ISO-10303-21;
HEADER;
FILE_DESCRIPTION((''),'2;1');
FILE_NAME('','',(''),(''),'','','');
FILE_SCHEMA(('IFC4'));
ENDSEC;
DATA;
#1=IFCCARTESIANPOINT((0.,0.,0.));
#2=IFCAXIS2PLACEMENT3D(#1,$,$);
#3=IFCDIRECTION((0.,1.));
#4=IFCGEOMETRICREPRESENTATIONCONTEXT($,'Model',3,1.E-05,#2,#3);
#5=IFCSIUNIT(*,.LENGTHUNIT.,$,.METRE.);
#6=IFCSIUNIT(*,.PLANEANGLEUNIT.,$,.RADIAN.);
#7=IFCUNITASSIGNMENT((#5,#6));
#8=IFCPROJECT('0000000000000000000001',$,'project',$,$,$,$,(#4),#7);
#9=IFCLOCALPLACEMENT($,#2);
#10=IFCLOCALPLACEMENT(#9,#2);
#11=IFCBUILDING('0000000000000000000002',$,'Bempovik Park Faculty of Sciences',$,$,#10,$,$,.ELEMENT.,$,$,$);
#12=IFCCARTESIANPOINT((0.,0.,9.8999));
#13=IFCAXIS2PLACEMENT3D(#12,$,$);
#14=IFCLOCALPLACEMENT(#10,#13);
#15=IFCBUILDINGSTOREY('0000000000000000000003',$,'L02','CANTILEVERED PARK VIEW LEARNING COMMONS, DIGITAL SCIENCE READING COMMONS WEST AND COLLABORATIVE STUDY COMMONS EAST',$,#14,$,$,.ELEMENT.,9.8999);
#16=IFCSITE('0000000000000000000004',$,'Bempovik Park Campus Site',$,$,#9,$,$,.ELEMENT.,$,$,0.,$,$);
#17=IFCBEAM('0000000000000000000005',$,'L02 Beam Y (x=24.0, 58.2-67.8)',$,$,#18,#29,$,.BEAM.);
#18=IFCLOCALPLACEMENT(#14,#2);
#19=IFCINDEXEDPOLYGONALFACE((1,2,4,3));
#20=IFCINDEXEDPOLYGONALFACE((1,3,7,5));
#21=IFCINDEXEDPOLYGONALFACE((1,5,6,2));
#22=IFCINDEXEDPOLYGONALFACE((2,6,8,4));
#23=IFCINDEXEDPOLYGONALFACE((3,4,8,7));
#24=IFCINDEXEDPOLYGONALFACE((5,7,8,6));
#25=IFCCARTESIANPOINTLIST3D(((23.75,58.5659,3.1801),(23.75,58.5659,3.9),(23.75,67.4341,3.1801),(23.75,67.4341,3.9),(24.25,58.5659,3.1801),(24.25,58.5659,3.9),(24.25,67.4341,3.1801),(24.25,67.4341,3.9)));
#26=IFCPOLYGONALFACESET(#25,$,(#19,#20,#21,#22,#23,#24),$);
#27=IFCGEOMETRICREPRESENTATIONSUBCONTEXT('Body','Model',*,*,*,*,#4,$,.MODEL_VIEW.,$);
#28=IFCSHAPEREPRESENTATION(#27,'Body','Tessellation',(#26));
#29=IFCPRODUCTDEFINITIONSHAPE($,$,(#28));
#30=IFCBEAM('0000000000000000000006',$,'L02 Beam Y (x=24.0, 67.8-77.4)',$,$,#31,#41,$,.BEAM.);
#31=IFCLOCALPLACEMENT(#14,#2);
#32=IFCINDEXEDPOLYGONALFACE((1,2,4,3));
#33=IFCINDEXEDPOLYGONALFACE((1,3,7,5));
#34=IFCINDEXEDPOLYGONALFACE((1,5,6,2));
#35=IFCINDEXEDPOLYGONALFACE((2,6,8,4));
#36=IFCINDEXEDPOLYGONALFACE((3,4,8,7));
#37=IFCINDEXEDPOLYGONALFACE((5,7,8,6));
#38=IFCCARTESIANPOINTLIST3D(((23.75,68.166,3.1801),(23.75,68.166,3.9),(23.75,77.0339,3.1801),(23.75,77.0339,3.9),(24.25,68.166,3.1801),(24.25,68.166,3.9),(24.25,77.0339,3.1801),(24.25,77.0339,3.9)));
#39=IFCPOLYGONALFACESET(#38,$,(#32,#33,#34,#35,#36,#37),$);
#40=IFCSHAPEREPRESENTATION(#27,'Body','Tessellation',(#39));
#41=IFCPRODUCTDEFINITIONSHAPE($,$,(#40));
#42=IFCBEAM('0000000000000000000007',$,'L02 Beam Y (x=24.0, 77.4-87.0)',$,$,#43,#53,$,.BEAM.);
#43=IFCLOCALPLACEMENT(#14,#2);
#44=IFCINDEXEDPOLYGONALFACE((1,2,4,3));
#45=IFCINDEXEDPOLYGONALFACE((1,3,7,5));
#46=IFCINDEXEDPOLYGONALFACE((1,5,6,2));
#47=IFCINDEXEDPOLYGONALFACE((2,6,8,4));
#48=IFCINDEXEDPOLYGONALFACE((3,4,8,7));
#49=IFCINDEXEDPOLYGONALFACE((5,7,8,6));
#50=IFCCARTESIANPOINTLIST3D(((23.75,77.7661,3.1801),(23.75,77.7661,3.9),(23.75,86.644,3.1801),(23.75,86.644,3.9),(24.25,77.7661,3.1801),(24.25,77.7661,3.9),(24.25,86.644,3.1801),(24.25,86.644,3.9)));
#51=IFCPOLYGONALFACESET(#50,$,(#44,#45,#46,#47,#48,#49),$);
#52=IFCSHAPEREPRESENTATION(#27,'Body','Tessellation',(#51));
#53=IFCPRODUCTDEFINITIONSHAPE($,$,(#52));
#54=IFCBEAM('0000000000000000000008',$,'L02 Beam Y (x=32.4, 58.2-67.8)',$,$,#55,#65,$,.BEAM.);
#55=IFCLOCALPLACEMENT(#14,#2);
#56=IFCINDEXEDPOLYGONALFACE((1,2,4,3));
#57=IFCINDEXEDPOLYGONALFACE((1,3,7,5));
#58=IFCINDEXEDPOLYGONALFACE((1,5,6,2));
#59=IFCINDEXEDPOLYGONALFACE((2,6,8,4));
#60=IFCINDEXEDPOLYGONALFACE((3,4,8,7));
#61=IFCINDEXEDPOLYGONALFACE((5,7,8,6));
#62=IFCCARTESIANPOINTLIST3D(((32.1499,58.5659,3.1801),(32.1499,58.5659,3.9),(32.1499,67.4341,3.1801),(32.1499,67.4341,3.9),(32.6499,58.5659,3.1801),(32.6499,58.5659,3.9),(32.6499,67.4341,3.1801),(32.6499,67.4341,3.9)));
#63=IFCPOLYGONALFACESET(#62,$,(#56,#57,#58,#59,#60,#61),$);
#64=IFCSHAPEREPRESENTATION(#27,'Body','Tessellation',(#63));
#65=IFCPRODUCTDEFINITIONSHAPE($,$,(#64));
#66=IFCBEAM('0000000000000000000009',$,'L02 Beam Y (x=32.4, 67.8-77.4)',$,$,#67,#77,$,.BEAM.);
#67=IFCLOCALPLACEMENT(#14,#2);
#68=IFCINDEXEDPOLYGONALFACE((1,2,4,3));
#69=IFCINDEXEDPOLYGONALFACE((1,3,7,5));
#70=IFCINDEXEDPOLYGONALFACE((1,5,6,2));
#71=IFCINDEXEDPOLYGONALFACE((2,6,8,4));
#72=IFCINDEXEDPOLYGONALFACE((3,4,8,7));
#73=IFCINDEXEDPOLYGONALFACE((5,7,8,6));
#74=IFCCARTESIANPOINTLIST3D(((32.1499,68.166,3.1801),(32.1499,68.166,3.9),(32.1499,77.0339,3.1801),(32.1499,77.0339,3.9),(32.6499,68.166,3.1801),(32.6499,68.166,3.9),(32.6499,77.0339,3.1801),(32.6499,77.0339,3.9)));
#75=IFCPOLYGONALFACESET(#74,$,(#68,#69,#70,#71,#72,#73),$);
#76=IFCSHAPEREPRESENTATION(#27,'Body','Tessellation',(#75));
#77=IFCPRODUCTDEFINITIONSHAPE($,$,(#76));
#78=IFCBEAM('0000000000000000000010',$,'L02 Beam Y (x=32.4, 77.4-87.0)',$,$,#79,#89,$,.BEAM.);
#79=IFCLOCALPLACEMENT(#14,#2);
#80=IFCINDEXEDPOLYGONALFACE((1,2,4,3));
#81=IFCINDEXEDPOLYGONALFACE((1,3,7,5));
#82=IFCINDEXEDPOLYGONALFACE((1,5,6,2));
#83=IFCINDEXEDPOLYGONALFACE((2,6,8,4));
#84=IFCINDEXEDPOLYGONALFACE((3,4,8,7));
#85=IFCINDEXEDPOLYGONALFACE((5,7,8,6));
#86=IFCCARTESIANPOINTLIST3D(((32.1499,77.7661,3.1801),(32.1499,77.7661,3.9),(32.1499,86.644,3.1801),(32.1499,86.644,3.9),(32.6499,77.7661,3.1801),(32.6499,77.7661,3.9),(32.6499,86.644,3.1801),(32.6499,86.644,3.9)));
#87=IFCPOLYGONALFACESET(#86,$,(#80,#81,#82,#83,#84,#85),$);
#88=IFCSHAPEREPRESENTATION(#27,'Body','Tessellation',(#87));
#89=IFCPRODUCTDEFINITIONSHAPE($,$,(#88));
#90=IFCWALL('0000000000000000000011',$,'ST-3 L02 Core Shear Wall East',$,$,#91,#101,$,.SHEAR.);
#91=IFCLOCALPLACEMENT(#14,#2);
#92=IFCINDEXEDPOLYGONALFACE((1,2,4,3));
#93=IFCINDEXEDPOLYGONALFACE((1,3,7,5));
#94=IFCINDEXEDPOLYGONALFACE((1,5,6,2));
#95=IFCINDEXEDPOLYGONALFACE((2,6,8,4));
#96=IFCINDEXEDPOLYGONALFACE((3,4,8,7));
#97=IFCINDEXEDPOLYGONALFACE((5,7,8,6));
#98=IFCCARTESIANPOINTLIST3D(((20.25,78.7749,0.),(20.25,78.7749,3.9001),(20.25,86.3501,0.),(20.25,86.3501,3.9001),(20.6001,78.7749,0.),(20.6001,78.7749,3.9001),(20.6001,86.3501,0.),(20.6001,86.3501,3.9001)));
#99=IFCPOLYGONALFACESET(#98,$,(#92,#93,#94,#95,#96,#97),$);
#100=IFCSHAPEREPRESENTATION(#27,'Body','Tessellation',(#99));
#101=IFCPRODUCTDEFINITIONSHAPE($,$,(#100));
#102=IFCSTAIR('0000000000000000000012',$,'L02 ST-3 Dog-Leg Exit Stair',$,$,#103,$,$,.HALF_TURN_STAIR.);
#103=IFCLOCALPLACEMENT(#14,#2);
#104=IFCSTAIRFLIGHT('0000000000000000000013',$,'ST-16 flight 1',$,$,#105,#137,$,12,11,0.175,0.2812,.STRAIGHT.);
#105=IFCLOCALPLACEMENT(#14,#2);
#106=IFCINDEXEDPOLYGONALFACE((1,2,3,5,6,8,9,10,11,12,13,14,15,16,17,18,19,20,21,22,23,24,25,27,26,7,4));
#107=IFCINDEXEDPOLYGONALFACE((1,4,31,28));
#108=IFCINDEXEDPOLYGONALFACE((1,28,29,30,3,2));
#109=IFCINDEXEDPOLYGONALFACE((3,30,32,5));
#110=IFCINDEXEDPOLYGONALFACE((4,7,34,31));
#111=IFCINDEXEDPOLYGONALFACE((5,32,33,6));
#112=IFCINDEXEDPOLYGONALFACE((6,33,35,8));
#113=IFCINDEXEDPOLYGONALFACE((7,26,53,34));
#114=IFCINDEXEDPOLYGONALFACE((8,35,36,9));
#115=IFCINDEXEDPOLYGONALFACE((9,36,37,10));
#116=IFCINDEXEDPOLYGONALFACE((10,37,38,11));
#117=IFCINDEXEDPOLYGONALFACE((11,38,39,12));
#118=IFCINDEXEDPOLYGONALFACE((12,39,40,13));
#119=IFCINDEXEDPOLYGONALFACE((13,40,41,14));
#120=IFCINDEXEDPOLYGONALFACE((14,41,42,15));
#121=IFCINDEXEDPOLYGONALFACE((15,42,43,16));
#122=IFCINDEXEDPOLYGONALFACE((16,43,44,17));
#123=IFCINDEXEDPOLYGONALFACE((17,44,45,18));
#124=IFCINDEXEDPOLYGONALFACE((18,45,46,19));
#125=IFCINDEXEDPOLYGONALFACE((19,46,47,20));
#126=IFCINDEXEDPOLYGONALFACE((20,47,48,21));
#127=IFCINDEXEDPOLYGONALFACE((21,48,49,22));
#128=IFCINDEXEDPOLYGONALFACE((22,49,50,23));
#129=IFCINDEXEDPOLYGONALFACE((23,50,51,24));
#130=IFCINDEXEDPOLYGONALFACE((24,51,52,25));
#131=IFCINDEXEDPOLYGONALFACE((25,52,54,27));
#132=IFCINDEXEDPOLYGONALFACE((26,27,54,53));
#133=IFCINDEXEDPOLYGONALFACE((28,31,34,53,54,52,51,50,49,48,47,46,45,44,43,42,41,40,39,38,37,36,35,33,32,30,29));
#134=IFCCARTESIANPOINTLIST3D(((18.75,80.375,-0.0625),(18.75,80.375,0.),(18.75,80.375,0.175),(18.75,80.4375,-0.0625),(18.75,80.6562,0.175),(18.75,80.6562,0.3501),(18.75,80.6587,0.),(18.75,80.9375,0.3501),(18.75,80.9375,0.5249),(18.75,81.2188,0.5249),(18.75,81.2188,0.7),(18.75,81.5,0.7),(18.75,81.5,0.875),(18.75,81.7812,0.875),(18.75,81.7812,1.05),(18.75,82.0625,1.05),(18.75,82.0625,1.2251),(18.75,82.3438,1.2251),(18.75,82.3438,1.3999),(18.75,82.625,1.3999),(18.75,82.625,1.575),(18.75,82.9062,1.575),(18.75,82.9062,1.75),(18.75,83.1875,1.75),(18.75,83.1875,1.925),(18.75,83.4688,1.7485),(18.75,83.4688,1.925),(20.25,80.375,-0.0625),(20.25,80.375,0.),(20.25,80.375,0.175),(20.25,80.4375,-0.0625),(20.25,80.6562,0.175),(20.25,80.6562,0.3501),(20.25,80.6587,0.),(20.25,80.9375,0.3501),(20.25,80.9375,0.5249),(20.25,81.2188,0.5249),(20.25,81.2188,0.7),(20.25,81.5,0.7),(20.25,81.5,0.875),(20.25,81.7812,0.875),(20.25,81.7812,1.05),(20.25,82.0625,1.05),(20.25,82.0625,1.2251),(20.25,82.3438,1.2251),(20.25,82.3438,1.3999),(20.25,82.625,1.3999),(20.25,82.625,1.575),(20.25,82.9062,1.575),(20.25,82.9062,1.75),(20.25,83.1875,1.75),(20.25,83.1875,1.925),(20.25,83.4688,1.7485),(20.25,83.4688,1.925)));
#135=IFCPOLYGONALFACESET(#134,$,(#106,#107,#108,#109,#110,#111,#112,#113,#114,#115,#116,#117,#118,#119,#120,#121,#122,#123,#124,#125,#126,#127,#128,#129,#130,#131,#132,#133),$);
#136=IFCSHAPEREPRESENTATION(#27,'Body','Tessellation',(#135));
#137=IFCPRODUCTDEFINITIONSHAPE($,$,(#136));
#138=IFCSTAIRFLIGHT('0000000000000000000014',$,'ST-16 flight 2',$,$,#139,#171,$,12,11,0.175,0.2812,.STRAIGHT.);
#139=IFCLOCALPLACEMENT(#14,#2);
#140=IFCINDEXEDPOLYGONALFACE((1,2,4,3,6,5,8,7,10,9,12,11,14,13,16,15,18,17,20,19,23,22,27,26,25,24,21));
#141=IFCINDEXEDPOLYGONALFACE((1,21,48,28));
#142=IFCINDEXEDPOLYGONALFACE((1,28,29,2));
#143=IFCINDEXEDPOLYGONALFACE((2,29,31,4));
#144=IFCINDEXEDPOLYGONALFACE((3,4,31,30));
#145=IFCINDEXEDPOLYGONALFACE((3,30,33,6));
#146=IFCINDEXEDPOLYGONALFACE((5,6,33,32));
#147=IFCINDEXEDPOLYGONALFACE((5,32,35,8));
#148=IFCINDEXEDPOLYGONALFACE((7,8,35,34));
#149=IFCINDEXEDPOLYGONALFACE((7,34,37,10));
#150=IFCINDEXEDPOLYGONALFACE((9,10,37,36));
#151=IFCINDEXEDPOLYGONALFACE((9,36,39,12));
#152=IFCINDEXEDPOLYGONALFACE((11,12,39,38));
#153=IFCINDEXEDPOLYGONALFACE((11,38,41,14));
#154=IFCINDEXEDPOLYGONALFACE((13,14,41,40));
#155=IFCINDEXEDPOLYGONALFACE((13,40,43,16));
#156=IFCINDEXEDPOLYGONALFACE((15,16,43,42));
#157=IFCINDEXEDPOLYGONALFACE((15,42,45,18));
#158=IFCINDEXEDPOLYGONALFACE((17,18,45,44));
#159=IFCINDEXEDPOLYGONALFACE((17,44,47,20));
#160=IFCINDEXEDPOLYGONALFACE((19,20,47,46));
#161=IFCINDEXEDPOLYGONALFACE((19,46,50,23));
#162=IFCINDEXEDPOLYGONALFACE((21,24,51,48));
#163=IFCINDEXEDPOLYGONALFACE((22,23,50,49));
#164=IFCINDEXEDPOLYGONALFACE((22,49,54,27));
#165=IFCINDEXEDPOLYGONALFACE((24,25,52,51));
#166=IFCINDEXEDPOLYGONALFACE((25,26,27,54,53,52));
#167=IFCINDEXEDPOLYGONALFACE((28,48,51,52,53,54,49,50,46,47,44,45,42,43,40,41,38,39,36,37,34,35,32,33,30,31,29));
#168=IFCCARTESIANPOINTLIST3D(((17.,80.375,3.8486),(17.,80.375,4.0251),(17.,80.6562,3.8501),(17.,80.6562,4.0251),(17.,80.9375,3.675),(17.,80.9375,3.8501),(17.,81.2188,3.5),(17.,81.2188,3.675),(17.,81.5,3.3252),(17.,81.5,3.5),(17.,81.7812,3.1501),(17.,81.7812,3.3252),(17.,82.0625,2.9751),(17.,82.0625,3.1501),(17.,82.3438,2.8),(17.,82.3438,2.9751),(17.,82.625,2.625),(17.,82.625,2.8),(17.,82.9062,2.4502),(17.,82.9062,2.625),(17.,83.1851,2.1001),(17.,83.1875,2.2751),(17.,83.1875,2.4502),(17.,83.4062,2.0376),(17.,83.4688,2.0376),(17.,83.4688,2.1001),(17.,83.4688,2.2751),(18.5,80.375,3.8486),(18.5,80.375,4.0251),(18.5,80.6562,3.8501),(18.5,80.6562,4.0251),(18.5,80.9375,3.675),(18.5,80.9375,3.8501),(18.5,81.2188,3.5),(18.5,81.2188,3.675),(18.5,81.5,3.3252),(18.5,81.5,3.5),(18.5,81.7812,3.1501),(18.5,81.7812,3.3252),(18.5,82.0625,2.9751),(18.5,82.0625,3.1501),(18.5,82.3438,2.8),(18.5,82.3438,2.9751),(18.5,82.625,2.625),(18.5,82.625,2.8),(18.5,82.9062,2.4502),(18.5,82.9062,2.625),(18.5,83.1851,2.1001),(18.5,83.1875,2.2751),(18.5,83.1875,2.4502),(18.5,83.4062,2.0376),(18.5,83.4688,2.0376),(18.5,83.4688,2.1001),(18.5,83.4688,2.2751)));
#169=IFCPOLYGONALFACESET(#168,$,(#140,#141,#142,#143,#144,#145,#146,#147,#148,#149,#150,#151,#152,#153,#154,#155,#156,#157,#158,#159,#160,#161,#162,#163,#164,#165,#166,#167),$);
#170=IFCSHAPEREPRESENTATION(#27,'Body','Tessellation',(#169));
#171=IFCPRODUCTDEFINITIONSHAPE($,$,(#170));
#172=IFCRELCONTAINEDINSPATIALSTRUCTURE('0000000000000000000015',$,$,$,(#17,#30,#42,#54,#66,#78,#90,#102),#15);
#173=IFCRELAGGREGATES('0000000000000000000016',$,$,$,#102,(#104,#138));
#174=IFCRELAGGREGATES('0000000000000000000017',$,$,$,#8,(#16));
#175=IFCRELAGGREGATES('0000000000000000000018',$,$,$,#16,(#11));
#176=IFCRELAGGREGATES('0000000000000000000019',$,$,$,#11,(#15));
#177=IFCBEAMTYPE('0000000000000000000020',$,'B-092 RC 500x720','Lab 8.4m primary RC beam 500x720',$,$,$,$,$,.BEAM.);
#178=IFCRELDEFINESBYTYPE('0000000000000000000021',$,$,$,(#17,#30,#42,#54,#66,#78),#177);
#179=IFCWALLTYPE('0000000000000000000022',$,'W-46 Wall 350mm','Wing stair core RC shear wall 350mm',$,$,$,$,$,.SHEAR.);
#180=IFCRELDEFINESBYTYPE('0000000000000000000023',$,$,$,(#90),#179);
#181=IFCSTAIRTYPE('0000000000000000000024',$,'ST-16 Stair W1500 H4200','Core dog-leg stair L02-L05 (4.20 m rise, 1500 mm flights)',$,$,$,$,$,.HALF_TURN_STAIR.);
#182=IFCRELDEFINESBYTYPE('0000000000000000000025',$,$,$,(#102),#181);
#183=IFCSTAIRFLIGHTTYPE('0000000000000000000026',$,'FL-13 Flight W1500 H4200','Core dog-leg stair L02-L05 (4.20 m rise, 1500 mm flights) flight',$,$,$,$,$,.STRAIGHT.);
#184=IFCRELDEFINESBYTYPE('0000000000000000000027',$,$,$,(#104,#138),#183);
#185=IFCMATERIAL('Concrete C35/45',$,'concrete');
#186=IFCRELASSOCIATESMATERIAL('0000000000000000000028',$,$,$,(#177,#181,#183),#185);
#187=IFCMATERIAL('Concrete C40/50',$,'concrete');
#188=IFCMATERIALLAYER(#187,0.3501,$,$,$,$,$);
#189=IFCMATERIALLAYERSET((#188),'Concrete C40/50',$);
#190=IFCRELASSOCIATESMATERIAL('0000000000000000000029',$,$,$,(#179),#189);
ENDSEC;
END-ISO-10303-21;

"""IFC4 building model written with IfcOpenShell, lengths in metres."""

from ifc_helpers import new_model, si_unit, direction, frame, frame_2d, origin, origin_2d, place, context, subcontext, project, spatial, polyline, rectangle, outline, extrude, material, layer, layer_set, material_profile, profile_set, type_object, element, aggregate, save


model = new_model("IFC4")

# Units and contexts
model_context = context("Model", 3, precision=1e-05, world=origin(), true_north=direction((0.0, 1.0)))
body_context = subcontext(model_context, "Body", "Model", "MODEL_VIEW")
ifc_project = project(units=[si_unit("LENGTHUNIT", "METRE"), si_unit("PLANEANGLEUNIT", "RADIAN")], contexts=[model_context])

# Site, building, storey
site_placement = place(None, origin())
site = spatial("IfcSite", under=ifc_project, at=site_placement, Name="Bempovik Park Campus Site", CompositionType="ELEMENT", RefElevation=0.0)
building_placement = place(site_placement, origin())
building = spatial("IfcBuilding", under=site, at=building_placement, Name="Bempovik Park Faculty of Sciences", CompositionType="ELEMENT")
storey_placement = place(building_placement, frame((0.0, 0.0, 9.8999)))
storey = spatial("IfcBuildingStorey", under=building, at=storey_placement, Name="L02", Description="CANTILEVERED PARK VIEW LEARNING COMMONS, DIGITAL SCIENCE READING COMMONS WEST AND COLLABORATIVE STUDY COMMONS EAST", CompositionType="ELEMENT", Elevation=9.8999)

# Shared definitions
ifc_material_1 = material(Name="Concrete C40/50", Category="concrete")

# Beams
ifc_material_2 = material(Name="Concrete C35/45", Category="concrete")
ifc_material_profile_1 = material_profile(ifc_material_2, rectangle(XDim=0.5, YDim=0.72, at=origin_2d()), Name="RC 500x720")
ifc_profile_set_1 = profile_set([ifc_material_profile_1], Name="Concrete C35/45")
beam_type_1 = type_object("IfcBeamType", Name="B-092 RC 500x720", Description="Lab 8.4m primary RC beam 500x720", PredefinedType="BEAM", material=ifc_profile_set_1)
beam_1_placement = place(storey_placement, frame((24.0, 58.5659, 3.54), z_axis=(0.0, 1.0, 0.0), x_axis=(-1.0, 0.0, 0.0)))
element("IfcBeam", 1, at=beam_1_placement, inside=storey, type_object=beam_type_1, Name="L02 Beam Y (x=24.0, 58.2-67.8)", PredefinedType="BEAM", context=body_context, shape_type="SweptSolid", body=[
    extrude(rectangle(XDim=0.5, YDim=0.72, at=origin_2d()), origin(), (0.0, 0.0, 1.0), 8.8682),
])
beam_2_placement = place(storey_placement, frame((24.0, 68.166, 3.54), z_axis=(0.0, 1.0, 0.0), x_axis=(-1.0, 0.0, 0.0)))
element("IfcBeam", 2, at=beam_2_placement, inside=storey, type_object=beam_type_1, Name="L02 Beam Y (x=24.0, 67.8-77.4)", PredefinedType="BEAM", context=body_context, shape_type="SweptSolid", body=[
    extrude(rectangle(XDim=0.5, YDim=0.72, at=origin_2d()), origin(), (0.0, 0.0, 1.0), 8.8679),
])
beam_3_placement = place(storey_placement, frame((24.0, 77.7661, 3.54), z_axis=(0.0, 1.0, 0.0), x_axis=(-1.0, 0.0, 0.0)))
element("IfcBeam", 3, at=beam_3_placement, inside=storey, type_object=beam_type_1, Name="L02 Beam Y (x=24.0, 77.4-87.0)", PredefinedType="BEAM", context=body_context, shape_type="SweptSolid", body=[
    extrude(rectangle(XDim=0.5, YDim=0.72, at=origin_2d()), origin(), (0.0, 0.0, 1.0), 8.8779),
])
beam_4_placement = place(storey_placement, frame((32.3999, 58.5659, 3.54), z_axis=(0.0, 1.0, 0.0), x_axis=(-1.0, 0.0, 0.0)))
element("IfcBeam", 4, at=beam_4_placement, inside=storey, type_object=beam_type_1, Name="L02 Beam Y (x=32.4, 58.2-67.8)", PredefinedType="BEAM", context=body_context, shape_type="SweptSolid", body=[
    extrude(rectangle(XDim=0.5, YDim=0.72, at=origin_2d()), origin(), (0.0, 0.0, 1.0), 8.8682),
])
beam_5_placement = place(storey_placement, frame((32.3999, 68.166, 3.54), z_axis=(0.0, 1.0, 0.0), x_axis=(-1.0, 0.0, 0.0)))
element("IfcBeam", 5, at=beam_5_placement, inside=storey, type_object=beam_type_1, Name="L02 Beam Y (x=32.4, 67.8-77.4)", PredefinedType="BEAM", context=body_context, shape_type="SweptSolid", body=[
    extrude(rectangle(XDim=0.5, YDim=0.72, at=origin_2d()), origin(), (0.0, 0.0, 1.0), 8.8679),
])
beam_6_placement = place(storey_placement, frame((32.3999, 77.7661, 3.54), z_axis=(0.0, 1.0, 0.0), x_axis=(-1.0, 0.0, 0.0)))
element("IfcBeam", 6, at=beam_6_placement, inside=storey, type_object=beam_type_1, Name="L02 Beam Y (x=32.4, 77.4-87.0)", PredefinedType="BEAM", context=body_context, shape_type="SweptSolid", body=[
    extrude(rectangle(XDim=0.5, YDim=0.72, at=origin_2d()), origin(), (0.0, 0.0, 1.0), 8.8779),
])

# Wall
ifc_layer = layer(ifc_material_1, 0.3501)
ifc_layer_set = layer_set([ifc_layer], Name="Concrete C40/50")
wall_type = type_object("IfcWallType", Name="W-46 Wall 350mm", Description="Wing stair core RC shear wall 350mm", PredefinedType="SHEAR", material=ifc_layer_set)
wall_placement = place(storey_placement, frame((20.425, 78.7749, 0.0), z_axis=(0.0, 0.0, 1.0), x_axis=(0.0, 1.0, 0.0)))
element("IfcWall", 7, at=wall_placement, inside=storey, type_object=wall_type, Name="ST-3 L02 Core Shear Wall East", PredefinedType="SHEAR", context=body_context, shape_type="SweptSolid", body=[
    extrude(rectangle(XDim=7.5752, YDim=0.3501, at=frame_2d((3.7876, 0.0))), origin(), (0.0, 0.0, 1.0), 3.9001),
])

# Stair, stair flights
stair_type = type_object("IfcStairType", Name="ST-16 Stair W1500 H4200", Description="Core dog-leg stair L02-L05 (4.20 m rise, 1500 mm flights)", PredefinedType="HALF_TURN_STAIR", material=ifc_material_2)
stair_placement = place(storey_placement, origin())
stair = element("IfcStair", 8, at=stair_placement, inside=storey, type_object=stair_type, Name="L02 ST-3 Dog-Leg Exit Stair", PredefinedType="HALF_TURN_STAIR")
stair_flight_type = type_object("IfcStairFlightType", Name="FL-13 Flight W1500 H4200", Description="Core dog-leg stair L02-L05 (4.20 m rise, 1500 mm flights) flight", PredefinedType="STRAIGHT", material=ifc_material_2)
stair_flight_1_placement = place(storey_placement, frame((19.5, 80.375, 0.0), z_axis=(0.0, 0.0, 1.0), x_axis=(0.0, 1.0, 0.0)))
stair_flight_1 = element("IfcStairFlight", 9, at=stair_flight_1_placement, type_object=stair_flight_type, Name="ST-16 flight 1", NumberOfRisers=12, NumberOfTreads=11, PredefinedType="STRAIGHT", RiserHeight=0.175, TreadLength=0.2812, context=body_context, shape_type="SweptSolid", body=[
    extrude(outline(polyline([(0.0, 0.0), (0.0, 0.175), (0.2812, 0.175), (0.2812, 0.3501), (0.5625, 0.3501), (0.5625, 0.5249), (0.8438, 0.5249), (0.8438, 0.7), (1.125, 0.7), (1.125, 0.875), (1.4062, 0.875), (1.4062, 1.05), (1.6875, 1.05), (1.6875, 1.2251), (1.9688, 1.2251), (1.9688, 1.3999), (2.25, 1.3999), (2.25, 1.575), (2.5312, 1.575), (2.5312, 1.75), (2.8125, 1.75), (2.8125, 1.925), (3.0938, 1.925), (3.0938, 2.1001), (3.0938, 1.7485), (0.2837, 0.0), (0.0625, -0.0625), (0.0, -0.0625), (0.0, 0.0)])), frame((0.0, 0.75, 0.0), z_axis=(0.0, -1.0, 0.0), x_axis=(1.0, 0.0, 0.0)), (0.0, 0.0, 1.0), 1.5),
])
stair_flight_2_placement = place(storey_placement, frame((17.75, 83.4688, 2.1001), z_axis=(0.0, 0.0, 1.0), x_axis=(0.0, -1.0, 0.0)))
stair_flight_2 = element("IfcStairFlight", 10, at=stair_flight_2_placement, type_object=stair_flight_type, Name="ST-16 flight 2", NumberOfRisers=12, NumberOfTreads=11, PredefinedType="STRAIGHT", RiserHeight=0.175, TreadLength=0.2812, context=body_context, shape_type="SweptSolid", body=[
    extrude(outline(polyline([(0.0, 0.0), (0.0, 0.175), (0.2812, 0.175), (0.2812, 0.3501), (0.5625, 0.3501), (0.5625, 0.5249), (0.8438, 0.5249), (0.8438, 0.7), (1.125, 0.7), (1.125, 0.875), (1.4062, 0.875), (1.4062, 1.05), (1.6875, 1.05), (1.6875, 1.2251), (1.9688, 1.2251), (1.9688, 1.3999), (2.25, 1.3999), (2.25, 1.575), (2.5312, 1.575), (2.5312, 1.75), (2.8125, 1.75), (2.8125, 1.925), (3.0938, 1.925), (3.0938, 2.1001), (3.0938, 1.7485), (0.2837, 0.0), (0.0625, -0.0625), (0.0, -0.0625), (0.0, 0.0)])), frame((0.0, 0.75, 0.0), z_axis=(0.0, -1.0, 0.0), x_axis=(1.0, 0.0, 0.0)), (0.0, 0.0, 1.0), 1.5),
])
aggregate(stair, [stair_flight_1, stair_flight_2])

save(model, "model.ifc")
